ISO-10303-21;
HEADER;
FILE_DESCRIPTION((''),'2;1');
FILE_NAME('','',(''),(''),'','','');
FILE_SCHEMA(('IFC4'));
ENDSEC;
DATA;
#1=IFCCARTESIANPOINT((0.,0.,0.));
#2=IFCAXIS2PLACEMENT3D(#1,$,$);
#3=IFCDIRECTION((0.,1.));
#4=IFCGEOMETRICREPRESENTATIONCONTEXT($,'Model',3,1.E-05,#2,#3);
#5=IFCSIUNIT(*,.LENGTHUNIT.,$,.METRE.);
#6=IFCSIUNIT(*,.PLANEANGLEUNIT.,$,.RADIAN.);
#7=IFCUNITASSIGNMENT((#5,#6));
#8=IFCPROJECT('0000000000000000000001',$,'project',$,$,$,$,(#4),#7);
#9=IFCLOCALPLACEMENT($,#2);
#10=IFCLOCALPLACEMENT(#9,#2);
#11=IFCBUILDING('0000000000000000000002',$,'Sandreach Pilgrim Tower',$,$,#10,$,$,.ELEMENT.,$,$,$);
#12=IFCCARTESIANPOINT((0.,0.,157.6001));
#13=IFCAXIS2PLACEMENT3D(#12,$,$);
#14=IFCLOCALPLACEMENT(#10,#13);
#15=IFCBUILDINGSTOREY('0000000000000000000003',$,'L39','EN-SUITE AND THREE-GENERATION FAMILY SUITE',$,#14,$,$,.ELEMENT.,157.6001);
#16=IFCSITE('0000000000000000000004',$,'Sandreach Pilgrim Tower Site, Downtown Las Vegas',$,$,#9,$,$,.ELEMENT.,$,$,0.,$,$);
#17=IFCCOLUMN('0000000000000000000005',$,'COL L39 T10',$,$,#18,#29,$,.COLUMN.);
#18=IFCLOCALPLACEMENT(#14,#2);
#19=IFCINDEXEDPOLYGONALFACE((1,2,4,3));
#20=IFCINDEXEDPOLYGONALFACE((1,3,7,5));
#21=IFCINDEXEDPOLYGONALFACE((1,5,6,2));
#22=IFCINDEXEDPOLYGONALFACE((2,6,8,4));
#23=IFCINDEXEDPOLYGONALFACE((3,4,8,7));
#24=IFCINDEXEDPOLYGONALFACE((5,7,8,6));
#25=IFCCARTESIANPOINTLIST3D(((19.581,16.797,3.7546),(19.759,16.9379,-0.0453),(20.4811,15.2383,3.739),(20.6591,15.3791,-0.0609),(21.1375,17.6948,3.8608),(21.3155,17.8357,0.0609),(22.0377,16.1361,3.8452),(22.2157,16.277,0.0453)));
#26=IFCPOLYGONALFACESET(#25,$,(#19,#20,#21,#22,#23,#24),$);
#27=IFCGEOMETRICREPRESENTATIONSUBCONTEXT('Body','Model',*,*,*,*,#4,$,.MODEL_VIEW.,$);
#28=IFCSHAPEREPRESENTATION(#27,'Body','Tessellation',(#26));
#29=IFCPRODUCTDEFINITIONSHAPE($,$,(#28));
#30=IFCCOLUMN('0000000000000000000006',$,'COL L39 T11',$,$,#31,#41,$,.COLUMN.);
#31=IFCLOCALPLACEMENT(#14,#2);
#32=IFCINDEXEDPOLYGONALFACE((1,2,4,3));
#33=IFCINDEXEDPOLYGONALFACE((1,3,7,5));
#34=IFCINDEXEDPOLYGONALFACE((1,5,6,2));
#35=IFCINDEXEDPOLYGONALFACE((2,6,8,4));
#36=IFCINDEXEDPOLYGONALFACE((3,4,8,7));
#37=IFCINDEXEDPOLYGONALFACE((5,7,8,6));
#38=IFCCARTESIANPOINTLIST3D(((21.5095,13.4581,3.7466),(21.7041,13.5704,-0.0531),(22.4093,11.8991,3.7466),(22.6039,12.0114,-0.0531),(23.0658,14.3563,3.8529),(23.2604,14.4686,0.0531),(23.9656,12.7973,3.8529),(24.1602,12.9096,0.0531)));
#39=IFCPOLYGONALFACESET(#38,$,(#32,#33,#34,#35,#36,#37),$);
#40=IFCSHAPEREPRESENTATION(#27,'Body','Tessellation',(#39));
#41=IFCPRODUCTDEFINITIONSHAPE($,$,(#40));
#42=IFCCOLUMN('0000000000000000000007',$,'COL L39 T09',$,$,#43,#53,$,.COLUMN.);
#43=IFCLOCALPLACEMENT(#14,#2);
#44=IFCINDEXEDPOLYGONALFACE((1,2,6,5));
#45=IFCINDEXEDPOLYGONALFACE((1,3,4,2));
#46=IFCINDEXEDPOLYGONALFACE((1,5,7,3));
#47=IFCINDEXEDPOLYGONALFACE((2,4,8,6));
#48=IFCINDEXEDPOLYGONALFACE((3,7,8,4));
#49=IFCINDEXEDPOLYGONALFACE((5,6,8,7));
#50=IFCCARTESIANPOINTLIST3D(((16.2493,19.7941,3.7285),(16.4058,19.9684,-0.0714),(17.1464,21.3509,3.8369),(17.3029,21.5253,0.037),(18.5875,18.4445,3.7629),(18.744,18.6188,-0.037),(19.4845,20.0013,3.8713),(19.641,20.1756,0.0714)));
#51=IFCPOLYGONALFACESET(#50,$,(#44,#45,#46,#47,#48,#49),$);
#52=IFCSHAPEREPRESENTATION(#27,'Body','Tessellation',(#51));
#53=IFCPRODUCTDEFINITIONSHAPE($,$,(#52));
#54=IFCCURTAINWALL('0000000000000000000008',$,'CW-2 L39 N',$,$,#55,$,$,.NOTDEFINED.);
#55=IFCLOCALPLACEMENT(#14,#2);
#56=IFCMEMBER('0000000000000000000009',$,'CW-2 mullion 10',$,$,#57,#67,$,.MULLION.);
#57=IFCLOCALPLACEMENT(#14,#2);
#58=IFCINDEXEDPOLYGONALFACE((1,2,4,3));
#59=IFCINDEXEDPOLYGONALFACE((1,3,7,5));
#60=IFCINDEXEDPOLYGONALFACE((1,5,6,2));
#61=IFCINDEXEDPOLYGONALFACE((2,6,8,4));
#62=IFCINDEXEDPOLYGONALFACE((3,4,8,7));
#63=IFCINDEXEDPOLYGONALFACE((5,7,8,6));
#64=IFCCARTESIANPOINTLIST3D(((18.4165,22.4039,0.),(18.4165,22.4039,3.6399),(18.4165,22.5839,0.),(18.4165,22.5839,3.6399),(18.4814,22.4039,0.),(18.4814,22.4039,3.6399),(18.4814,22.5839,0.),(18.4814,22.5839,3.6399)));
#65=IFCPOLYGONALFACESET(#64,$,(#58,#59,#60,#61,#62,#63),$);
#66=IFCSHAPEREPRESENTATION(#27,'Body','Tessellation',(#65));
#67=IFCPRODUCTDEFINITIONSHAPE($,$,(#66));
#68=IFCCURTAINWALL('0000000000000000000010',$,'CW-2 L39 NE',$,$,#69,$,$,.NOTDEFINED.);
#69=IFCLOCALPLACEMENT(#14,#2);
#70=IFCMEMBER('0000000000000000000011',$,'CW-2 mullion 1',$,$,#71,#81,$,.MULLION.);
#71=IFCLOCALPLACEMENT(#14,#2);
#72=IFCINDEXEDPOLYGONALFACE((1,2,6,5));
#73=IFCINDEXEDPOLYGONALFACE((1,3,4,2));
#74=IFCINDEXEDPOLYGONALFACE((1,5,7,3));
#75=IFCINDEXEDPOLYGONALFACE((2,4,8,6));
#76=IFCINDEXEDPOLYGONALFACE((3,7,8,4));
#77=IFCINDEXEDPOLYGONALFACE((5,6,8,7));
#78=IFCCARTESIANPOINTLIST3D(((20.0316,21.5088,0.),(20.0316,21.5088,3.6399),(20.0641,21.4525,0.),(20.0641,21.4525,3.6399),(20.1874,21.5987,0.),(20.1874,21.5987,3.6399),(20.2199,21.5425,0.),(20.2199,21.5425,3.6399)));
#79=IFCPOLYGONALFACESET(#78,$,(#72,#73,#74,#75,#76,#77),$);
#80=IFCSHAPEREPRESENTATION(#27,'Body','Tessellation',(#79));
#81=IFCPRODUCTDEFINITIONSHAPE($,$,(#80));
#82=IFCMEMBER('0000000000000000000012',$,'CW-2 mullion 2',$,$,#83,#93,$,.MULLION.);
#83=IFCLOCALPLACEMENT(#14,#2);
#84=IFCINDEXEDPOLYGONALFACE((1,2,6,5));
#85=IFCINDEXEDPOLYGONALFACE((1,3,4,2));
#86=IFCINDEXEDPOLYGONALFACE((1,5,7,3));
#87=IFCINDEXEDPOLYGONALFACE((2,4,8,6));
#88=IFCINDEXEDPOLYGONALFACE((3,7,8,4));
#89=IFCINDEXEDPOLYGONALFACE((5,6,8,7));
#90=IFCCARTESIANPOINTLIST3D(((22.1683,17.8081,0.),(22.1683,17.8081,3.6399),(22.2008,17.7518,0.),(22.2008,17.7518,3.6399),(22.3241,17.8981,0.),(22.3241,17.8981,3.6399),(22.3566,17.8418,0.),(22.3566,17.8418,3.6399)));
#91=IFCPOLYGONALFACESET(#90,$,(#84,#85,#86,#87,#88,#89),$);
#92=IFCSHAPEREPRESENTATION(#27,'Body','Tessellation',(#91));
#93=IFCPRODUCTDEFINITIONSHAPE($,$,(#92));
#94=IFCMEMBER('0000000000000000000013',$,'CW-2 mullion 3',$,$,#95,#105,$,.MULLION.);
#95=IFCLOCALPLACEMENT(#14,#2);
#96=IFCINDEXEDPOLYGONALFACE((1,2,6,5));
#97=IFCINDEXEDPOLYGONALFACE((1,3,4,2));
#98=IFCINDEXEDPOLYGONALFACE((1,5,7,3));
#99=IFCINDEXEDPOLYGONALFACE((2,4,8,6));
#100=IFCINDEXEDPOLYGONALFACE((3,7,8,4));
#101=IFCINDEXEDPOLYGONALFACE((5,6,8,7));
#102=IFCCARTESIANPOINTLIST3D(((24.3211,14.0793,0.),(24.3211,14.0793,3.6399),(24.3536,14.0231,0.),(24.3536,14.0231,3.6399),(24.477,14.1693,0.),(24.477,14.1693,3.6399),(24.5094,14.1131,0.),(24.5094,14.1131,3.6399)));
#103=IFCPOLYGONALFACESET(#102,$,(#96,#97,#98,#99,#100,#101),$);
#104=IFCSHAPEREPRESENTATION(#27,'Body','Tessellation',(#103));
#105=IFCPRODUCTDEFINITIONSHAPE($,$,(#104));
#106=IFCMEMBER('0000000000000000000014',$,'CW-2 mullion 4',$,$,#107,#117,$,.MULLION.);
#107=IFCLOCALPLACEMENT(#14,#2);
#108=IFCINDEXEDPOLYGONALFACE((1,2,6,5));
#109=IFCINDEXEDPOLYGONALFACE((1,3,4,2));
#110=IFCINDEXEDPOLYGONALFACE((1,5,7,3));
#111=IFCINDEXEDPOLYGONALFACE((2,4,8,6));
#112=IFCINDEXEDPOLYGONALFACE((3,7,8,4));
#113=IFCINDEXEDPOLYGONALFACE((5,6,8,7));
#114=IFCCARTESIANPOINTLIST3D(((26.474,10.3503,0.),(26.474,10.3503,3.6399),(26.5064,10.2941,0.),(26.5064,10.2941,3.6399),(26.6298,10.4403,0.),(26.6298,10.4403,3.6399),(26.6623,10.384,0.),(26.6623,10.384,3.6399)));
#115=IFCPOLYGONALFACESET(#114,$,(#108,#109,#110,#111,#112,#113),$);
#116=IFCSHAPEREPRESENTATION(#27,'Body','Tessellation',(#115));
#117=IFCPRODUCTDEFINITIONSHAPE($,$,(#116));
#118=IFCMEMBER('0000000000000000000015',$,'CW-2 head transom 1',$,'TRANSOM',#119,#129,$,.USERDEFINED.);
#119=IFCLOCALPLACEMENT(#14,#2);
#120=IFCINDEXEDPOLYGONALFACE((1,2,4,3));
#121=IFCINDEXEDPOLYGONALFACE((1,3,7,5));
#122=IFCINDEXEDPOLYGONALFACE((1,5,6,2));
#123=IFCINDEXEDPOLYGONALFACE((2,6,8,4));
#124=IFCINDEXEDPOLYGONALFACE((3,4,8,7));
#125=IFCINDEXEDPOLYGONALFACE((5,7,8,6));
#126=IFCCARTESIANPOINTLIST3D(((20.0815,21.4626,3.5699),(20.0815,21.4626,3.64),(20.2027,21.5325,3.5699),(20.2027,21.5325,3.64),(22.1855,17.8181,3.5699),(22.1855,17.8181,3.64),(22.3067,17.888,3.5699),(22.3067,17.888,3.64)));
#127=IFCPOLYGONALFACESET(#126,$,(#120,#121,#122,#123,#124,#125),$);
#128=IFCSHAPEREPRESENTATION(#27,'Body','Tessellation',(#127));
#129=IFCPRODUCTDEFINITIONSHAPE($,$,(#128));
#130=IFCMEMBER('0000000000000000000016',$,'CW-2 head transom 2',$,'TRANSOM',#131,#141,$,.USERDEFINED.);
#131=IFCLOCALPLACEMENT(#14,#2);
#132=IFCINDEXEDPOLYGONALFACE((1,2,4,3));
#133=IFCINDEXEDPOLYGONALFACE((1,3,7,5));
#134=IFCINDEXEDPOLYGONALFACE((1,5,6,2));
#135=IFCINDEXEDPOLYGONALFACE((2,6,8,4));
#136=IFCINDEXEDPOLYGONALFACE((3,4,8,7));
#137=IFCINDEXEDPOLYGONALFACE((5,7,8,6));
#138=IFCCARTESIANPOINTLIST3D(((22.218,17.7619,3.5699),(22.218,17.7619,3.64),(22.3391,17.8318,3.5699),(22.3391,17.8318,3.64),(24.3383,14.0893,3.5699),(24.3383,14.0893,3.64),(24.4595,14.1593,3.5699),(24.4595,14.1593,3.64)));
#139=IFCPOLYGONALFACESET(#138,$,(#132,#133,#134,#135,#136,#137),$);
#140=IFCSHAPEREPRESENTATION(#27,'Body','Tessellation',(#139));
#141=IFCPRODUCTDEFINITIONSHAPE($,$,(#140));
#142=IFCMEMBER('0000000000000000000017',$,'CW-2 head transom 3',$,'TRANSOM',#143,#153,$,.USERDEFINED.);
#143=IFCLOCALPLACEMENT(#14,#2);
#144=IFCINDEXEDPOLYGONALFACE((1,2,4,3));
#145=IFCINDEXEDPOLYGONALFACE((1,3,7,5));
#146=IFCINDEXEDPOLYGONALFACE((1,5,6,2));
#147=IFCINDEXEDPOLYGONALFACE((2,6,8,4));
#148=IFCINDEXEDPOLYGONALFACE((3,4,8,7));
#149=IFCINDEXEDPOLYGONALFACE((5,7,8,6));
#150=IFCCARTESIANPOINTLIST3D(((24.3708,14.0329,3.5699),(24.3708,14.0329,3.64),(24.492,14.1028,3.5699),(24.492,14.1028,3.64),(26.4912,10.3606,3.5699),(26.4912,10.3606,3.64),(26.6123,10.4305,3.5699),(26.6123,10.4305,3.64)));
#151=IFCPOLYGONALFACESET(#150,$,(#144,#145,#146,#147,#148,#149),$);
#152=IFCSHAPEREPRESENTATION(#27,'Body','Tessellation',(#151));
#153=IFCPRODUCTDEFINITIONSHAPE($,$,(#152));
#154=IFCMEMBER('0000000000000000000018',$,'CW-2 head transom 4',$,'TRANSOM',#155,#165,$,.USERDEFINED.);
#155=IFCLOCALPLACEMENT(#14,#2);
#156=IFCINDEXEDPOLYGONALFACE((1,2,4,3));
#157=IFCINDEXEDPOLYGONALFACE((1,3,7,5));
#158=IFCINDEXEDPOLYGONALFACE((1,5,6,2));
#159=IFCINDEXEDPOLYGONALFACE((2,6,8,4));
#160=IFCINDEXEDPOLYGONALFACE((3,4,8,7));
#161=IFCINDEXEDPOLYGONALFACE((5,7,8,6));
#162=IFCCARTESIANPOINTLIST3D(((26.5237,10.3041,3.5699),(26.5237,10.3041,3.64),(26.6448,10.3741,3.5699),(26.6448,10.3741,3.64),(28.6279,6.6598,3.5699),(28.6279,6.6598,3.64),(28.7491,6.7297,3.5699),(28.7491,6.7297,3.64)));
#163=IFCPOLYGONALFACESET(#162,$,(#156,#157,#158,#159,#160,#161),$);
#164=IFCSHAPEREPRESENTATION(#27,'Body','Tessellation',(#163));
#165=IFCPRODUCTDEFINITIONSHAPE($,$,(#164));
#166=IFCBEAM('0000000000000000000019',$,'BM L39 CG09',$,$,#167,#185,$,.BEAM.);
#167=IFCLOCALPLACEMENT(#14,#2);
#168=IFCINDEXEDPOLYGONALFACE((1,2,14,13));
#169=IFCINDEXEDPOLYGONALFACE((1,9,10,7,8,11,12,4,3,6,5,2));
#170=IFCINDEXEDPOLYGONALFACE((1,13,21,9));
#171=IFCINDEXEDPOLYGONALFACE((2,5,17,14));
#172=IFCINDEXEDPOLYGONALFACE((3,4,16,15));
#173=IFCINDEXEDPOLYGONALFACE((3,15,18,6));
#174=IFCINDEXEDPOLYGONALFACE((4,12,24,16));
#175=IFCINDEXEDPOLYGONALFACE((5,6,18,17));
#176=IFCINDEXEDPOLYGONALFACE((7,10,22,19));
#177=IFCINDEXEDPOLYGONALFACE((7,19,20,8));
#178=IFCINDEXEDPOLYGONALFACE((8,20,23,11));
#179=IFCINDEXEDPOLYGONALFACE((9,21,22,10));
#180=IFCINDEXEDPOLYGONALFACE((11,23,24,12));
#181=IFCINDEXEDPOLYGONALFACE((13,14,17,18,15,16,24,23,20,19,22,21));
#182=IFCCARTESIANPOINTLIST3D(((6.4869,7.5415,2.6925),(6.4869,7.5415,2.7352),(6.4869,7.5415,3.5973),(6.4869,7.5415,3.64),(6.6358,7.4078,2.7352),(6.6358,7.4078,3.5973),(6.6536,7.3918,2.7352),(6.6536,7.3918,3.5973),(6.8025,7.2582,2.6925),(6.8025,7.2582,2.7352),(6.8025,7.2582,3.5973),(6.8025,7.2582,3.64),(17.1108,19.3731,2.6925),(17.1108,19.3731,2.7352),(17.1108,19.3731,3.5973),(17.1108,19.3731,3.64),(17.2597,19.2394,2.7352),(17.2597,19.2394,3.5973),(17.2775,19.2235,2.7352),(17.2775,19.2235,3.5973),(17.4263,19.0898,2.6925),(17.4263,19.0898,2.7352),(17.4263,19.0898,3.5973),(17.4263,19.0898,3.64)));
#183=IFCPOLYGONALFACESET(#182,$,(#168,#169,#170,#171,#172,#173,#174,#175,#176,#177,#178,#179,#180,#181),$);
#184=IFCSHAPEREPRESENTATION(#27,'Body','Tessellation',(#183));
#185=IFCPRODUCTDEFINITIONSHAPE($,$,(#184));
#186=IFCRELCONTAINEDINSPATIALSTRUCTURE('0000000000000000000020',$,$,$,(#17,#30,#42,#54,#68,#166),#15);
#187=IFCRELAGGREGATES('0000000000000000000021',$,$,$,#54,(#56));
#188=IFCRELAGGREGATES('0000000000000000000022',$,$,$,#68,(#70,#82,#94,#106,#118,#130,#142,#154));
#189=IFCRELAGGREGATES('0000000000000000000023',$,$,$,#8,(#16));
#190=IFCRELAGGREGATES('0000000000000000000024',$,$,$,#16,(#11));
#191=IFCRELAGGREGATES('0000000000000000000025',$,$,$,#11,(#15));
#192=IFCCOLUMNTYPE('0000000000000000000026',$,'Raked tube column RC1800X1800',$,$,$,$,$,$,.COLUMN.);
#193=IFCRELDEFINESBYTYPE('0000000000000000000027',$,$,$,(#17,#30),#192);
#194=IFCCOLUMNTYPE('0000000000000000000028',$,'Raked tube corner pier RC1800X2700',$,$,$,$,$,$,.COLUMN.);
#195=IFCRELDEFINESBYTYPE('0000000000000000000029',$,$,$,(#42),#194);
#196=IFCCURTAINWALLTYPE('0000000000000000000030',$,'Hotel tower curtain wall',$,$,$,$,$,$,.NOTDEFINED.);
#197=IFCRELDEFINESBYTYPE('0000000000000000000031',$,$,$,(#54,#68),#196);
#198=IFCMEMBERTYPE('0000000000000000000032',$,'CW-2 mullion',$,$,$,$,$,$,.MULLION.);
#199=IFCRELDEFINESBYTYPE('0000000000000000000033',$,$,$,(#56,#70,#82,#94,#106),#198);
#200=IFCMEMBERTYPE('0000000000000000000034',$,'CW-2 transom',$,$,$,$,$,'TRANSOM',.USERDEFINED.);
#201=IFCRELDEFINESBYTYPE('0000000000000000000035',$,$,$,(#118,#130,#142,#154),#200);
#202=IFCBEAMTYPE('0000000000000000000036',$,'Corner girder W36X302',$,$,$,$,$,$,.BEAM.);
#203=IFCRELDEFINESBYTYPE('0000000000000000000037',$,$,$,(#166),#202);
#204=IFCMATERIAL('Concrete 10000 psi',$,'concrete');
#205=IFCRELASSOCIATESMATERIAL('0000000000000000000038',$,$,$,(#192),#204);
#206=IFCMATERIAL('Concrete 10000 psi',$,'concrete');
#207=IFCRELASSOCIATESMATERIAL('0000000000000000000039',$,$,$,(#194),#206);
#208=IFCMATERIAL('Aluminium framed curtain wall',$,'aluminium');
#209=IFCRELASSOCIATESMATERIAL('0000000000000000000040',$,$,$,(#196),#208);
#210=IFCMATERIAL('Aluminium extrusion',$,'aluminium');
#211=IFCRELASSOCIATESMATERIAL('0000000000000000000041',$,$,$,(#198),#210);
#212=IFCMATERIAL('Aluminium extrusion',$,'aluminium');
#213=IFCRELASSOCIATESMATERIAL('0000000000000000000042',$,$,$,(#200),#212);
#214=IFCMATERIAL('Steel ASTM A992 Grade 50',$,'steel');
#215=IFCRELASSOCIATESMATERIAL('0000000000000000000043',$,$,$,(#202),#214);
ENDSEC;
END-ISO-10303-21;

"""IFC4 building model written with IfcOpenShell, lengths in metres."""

from ifc_helpers import new_model, si_unit, direction, frame, origin, origin_2d, place, context, subcontext, project, spatial, rectangle, i_section, extrude, material, material_profile, profile_set, type_object, element, aggregate, save


model = new_model("IFC4")

# Units and contexts
model_context = context("Model", 3, precision=1e-05, world=origin(), true_north=direction((0.0, 1.0)))
body_context = subcontext(model_context, "Body", "Model", "MODEL_VIEW")
ifc_project = project(units=[si_unit("LENGTHUNIT", "METRE"), si_unit("PLANEANGLEUNIT", "RADIAN")], contexts=[model_context])

# Site, building, storey
site_placement = place(None, origin())
site = spatial("IfcSite", under=ifc_project, at=site_placement, Name="Sandreach Pilgrim Tower Site, Downtown Las Vegas", CompositionType="ELEMENT", RefElevation=0.0)
building_placement = place(site_placement, origin())
building = spatial("IfcBuilding", under=site, at=building_placement, Name="Sandreach Pilgrim Tower", CompositionType="ELEMENT")
storey_placement = place(building_placement, frame((0.0, 0.0, 157.6001)))
storey = spatial("IfcBuildingStorey", under=building, at=storey_placement, Name="L39", Description="EN-SUITE AND THREE-GENERATION FAMILY SUITE", CompositionType="ELEMENT", Elevation=157.6001)

# Columns
ifc_material_1 = material(Name="Concrete 10000 psi", Category="concrete")
ifc_material_profile_1 = material_profile(ifc_material_1, rectangle(XDim=1.8, YDim=1.8, at=origin_2d()), Name="RC1800X1800")
ifc_profile_set_1 = profile_set([ifc_material_profile_1], Name="Concrete 10000 psi")
column_type_1 = type_object("IfcColumnType", Name="Raked tube column RC1800X1800", PredefinedType="COLUMN", material=ifc_profile_set_1)
column_1_placement = place(storey_placement, frame((20.9873, 16.6074, 0.0), z_axis=(-0.046756, -0.037007, 0.998221), x_axis=(0.864714, 0.498788, 0.058994)))
element("IfcColumn", 1, at=column_1_placement, inside=storey, type_object=column_type_1, Name="COL L39 T10", PredefinedType="COLUMN", context=body_context, shape_type="SweptSolid", body=[
    extrude(rectangle(XDim=1.8, YDim=1.8, at=origin_2d()), origin(), (0.0, 0.0, 1.0), 3.8066),
])
column_2_placement = place(storey_placement, frame((22.9321, 13.24, 0.0), z_axis=(-0.051119, -0.029504, 0.998257), x_axis=(0.864585, 0.499008, 0.059022)))
element("IfcColumn", 2, at=column_2_placement, inside=storey, type_object=column_type_1, Name="COL L39 T11", PredefinedType="COLUMN", context=body_context, shape_type="SweptSolid", body=[
    extrude(rectangle(XDim=1.8, YDim=1.8, at=origin_2d()), origin(), (0.0, 0.0, 1.0), 3.8064),
])
ifc_material_2 = material(Name="Concrete 10000 psi", Category="concrete")
ifc_material_profile_2 = material_profile(ifc_material_2, rectangle(XDim=1.8, YDim=2.7, at=origin_2d()), Name="RC1800X2700")
ifc_profile_set_2 = profile_set([ifc_material_profile_2], Name="Concrete 10000 psi")
column_type_2 = type_object("IfcColumnType", Name="Raked tube corner pier RC1800X2700", PredefinedType="COLUMN", material=ifc_profile_set_2)
column_3_placement = place(storey_placement, frame((18.0234, 20.072, 0.0), z_axis=(-0.041107, -0.045788, 0.998105), x_axis=(0.498343, 0.864887, 0.060201)))
element("IfcColumn", 3, at=column_3_placement, inside=storey, type_object=column_type_2, Name="COL L39 T09", PredefinedType="COLUMN", context=body_context, shape_type="SweptSolid", body=[
    extrude(rectangle(XDim=1.8, YDim=2.7, at=origin_2d()), origin(), (0.0, 0.0, 1.0), 3.8071),
])

# Curtain wall, member
ifc_material_3 = material(Name="Aluminium framed curtain wall", Category="aluminium")
curtain_wall_type = type_object("IfcCurtainWallType", Name="Hotel tower curtain wall", PredefinedType="NOTDEFINED", material=ifc_material_3)
curtain_wall_1_placement = place(storey_placement, origin())
curtain_wall_1 = element("IfcCurtainWall", 4, at=curtain_wall_1_placement, inside=storey, type_object=curtain_wall_type, Name="CW-2 L39 N", PredefinedType="NOTDEFINED")
ifc_material_4 = material(Name="Aluminium extrusion", Category="aluminium")
ifc_material_profile_3 = material_profile(ifc_material_4, rectangle(XDim=0.0649, YDim=0.1799, at=origin_2d()), Name="CW-2M 65X180")
ifc_profile_set_3 = profile_set([ifc_material_profile_3], Name="Aluminium extrusion")
member_type_1 = type_object("IfcMemberType", Name="CW-2 mullion", PredefinedType="MULLION", material=ifc_profile_set_3)
member_1_placement = place(storey_placement, frame((18.449, 22.4939, 0.0), z_axis=(0.0, 0.0, 1.0), x_axis=(1.0, 0.0, 0.0)))
member_1 = element("IfcMember", 5, at=member_1_placement, type_object=member_type_1, Name="CW-2 mullion 10", PredefinedType="MULLION", context=body_context, shape_type="SweptSolid", body=[
    extrude(rectangle(XDim=0.0649, YDim=0.1799, at=origin_2d()), origin(), (0.0, 0.0, 1.0), 3.6399),
])
aggregate(curtain_wall_1, [member_1])

# Curtain wall, members
curtain_wall_2_placement = place(storey_placement, origin())
curtain_wall_2 = element("IfcCurtainWall", 6, at=curtain_wall_2_placement, inside=storey, type_object=curtain_wall_type, Name="CW-2 L39 NE", PredefinedType="NOTDEFINED")
member_2_placement = place(storey_placement, frame((20.1257, 21.5256, 0.0), z_axis=(0.0, 0.0, 1.0), x_axis=(0.5, -0.866025, 0.0)))
member_2 = element("IfcMember", 7, at=member_2_placement, type_object=member_type_1, Name="CW-2 mullion 1", PredefinedType="MULLION", context=body_context, shape_type="SweptSolid", body=[
    extrude(rectangle(XDim=0.0649, YDim=0.1799, at=origin_2d()), origin(), (0.0, 0.0, 1.0), 3.6399),
])
member_3_placement = place(storey_placement, frame((22.2625, 17.825, 0.0), z_axis=(0.0, 0.0, 1.0), x_axis=(0.5, -0.866025, 0.0)))
member_3 = element("IfcMember", 8, at=member_3_placement, type_object=member_type_1, Name="CW-2 mullion 2", PredefinedType="MULLION", context=body_context, shape_type="SweptSolid", body=[
    extrude(rectangle(XDim=0.0649, YDim=0.1799, at=origin_2d()), origin(), (0.0, 0.0, 1.0), 3.6399),
])
member_4_placement = place(storey_placement, frame((24.4153, 14.0962, 0.0), z_axis=(0.0, 0.0, 1.0), x_axis=(0.5, -0.866025, 0.0)))
member_4 = element("IfcMember", 9, at=member_4_placement, type_object=member_type_1, Name="CW-2 mullion 3", PredefinedType="MULLION", context=body_context, shape_type="SweptSolid", body=[
    extrude(rectangle(XDim=0.0649, YDim=0.1799, at=origin_2d()), origin(), (0.0, 0.0, 1.0), 3.6399),
])
member_5_placement = place(storey_placement, frame((26.5681, 10.3672, 0.0), z_axis=(0.0, 0.0, 1.0), x_axis=(0.5, -0.866025, 0.0)))
member_5 = element("IfcMember", 10, at=member_5_placement, type_object=member_type_1, Name="CW-2 mullion 4", PredefinedType="MULLION", context=body_context, shape_type="SweptSolid", body=[
    extrude(rectangle(XDim=0.0649, YDim=0.1799, at=origin_2d()), origin(), (0.0, 0.0, 1.0), 3.6399),
])
ifc_material_5 = material(Name="Aluminium extrusion", Category="aluminium")
ifc_material_profile_4 = material_profile(ifc_material_5, rectangle(XDim=0.1399, YDim=0.0701, at=origin_2d()), Name="CW-2T 140X70")
ifc_profile_set_4 = profile_set([ifc_material_profile_4], Name="Aluminium extrusion")
member_type_2 = type_object("IfcMemberType", Name="CW-2 transom", ElementType="TRANSOM", PredefinedType="USERDEFINED", material=ifc_profile_set_4)
member_6_placement = place(storey_placement, frame((20.1421, 21.4976, 3.605), z_axis=(0.49997, -0.866043, 0.0), x_axis=(0.866043, 0.49997, 0.0)))
member_6 = element("IfcMember", 11, at=member_6_placement, type_object=member_type_2, Name="CW-2 head transom 1", ObjectType="TRANSOM", PredefinedType="USERDEFINED", context=body_context, shape_type="SweptSolid", body=[
    extrude(rectangle(XDim=0.1399, YDim=0.0701, at=origin_2d()), origin(), (0.0, 0.0, 1.0), 4.2083),
])
member_7_placement = place(storey_placement, frame((22.2786, 17.7969, 3.605), z_axis=(0.499997, -0.866027, 0.0), x_axis=(0.866027, 0.499997, 0.0)))
member_7 = element("IfcMember", 12, at=member_7_placement, type_object=member_type_2, Name="CW-2 head transom 2", ObjectType="TRANSOM", PredefinedType="USERDEFINED", context=body_context, shape_type="SweptSolid", body=[
    extrude(rectangle(XDim=0.1399, YDim=0.0701, at=origin_2d()), origin(), (0.0, 0.0, 1.0), 4.2407),
])
member_8_placement = place(storey_placement, frame((24.4314, 14.0679, 3.605), z_axis=(0.500021, -0.866013, 0.0), x_axis=(0.866013, 0.500021, 0.0)))
member_8 = element("IfcMember", 13, at=member_8_placement, type_object=member_type_2, Name="CW-2 head transom 3", ObjectType="TRANSOM", PredefinedType="USERDEFINED", context=body_context, shape_type="SweptSolid", body=[
    extrude(rectangle(XDim=0.1399, YDim=0.0701, at=origin_2d()), origin(), (0.0, 0.0, 1.0), 4.2405),
])
member_9_placement = place(storey_placement, frame((26.5842, 10.3391, 3.605), z_axis=(0.500039, -0.866003, 0.0), x_axis=(0.866003, 0.500039, 0.0)))
member_9 = element("IfcMember", 14, at=member_9_placement, type_object=member_type_2, Name="CW-2 head transom 4", ObjectType="TRANSOM", PredefinedType="USERDEFINED", context=body_context, shape_type="SweptSolid", body=[
    extrude(rectangle(XDim=0.1399, YDim=0.0701, at=origin_2d()), origin(), (0.0, 0.0, 1.0), 4.2083),
])

# Beam
ifc_material_6 = material(Name="Steel ASTM A992 Grade 50", Category="steel")
ifc_material_profile_5 = material_profile(ifc_material_6, i_section(OverallWidth=0.4241, OverallDepth=0.9475, WebThickness=0.0239, FlangeThickness=0.0427, at=origin_2d()), Name="W36X302")
ifc_profile_set_5 = profile_set([ifc_material_profile_5], Name="Steel ASTM A992 Grade 50")
beam_type_1 = type_object("IfcBeamType", Name="Corner girder W36X302", PredefinedType="BEAM", material=ifc_profile_set_5)
beam_1_placement = place(storey_placement, frame((17.2686, 19.2314, 3.1663), z_axis=(-0.668109, -0.744063, 0.0), x_axis=(0.744063, -0.668109, 0.0)))
element("IfcBeam", 15, at=beam_1_placement, inside=storey, type_object=beam_type_1, Name="BM L39 CG09", PredefinedType="BEAM", context=body_context, shape_type="SweptSolid", body=[
    extrude(i_section(OverallWidth=0.4241, OverallDepth=0.9475, WebThickness=0.0239, FlangeThickness=0.0427, at=origin_2d()), origin(), (0.0, 0.0, 1.0), 15.9014),
])

aggregate(curtain_wall_2, [member_2, member_3, member_4, member_5, member_6, member_7, member_8, member_9])

save(model, "model.ifc")
